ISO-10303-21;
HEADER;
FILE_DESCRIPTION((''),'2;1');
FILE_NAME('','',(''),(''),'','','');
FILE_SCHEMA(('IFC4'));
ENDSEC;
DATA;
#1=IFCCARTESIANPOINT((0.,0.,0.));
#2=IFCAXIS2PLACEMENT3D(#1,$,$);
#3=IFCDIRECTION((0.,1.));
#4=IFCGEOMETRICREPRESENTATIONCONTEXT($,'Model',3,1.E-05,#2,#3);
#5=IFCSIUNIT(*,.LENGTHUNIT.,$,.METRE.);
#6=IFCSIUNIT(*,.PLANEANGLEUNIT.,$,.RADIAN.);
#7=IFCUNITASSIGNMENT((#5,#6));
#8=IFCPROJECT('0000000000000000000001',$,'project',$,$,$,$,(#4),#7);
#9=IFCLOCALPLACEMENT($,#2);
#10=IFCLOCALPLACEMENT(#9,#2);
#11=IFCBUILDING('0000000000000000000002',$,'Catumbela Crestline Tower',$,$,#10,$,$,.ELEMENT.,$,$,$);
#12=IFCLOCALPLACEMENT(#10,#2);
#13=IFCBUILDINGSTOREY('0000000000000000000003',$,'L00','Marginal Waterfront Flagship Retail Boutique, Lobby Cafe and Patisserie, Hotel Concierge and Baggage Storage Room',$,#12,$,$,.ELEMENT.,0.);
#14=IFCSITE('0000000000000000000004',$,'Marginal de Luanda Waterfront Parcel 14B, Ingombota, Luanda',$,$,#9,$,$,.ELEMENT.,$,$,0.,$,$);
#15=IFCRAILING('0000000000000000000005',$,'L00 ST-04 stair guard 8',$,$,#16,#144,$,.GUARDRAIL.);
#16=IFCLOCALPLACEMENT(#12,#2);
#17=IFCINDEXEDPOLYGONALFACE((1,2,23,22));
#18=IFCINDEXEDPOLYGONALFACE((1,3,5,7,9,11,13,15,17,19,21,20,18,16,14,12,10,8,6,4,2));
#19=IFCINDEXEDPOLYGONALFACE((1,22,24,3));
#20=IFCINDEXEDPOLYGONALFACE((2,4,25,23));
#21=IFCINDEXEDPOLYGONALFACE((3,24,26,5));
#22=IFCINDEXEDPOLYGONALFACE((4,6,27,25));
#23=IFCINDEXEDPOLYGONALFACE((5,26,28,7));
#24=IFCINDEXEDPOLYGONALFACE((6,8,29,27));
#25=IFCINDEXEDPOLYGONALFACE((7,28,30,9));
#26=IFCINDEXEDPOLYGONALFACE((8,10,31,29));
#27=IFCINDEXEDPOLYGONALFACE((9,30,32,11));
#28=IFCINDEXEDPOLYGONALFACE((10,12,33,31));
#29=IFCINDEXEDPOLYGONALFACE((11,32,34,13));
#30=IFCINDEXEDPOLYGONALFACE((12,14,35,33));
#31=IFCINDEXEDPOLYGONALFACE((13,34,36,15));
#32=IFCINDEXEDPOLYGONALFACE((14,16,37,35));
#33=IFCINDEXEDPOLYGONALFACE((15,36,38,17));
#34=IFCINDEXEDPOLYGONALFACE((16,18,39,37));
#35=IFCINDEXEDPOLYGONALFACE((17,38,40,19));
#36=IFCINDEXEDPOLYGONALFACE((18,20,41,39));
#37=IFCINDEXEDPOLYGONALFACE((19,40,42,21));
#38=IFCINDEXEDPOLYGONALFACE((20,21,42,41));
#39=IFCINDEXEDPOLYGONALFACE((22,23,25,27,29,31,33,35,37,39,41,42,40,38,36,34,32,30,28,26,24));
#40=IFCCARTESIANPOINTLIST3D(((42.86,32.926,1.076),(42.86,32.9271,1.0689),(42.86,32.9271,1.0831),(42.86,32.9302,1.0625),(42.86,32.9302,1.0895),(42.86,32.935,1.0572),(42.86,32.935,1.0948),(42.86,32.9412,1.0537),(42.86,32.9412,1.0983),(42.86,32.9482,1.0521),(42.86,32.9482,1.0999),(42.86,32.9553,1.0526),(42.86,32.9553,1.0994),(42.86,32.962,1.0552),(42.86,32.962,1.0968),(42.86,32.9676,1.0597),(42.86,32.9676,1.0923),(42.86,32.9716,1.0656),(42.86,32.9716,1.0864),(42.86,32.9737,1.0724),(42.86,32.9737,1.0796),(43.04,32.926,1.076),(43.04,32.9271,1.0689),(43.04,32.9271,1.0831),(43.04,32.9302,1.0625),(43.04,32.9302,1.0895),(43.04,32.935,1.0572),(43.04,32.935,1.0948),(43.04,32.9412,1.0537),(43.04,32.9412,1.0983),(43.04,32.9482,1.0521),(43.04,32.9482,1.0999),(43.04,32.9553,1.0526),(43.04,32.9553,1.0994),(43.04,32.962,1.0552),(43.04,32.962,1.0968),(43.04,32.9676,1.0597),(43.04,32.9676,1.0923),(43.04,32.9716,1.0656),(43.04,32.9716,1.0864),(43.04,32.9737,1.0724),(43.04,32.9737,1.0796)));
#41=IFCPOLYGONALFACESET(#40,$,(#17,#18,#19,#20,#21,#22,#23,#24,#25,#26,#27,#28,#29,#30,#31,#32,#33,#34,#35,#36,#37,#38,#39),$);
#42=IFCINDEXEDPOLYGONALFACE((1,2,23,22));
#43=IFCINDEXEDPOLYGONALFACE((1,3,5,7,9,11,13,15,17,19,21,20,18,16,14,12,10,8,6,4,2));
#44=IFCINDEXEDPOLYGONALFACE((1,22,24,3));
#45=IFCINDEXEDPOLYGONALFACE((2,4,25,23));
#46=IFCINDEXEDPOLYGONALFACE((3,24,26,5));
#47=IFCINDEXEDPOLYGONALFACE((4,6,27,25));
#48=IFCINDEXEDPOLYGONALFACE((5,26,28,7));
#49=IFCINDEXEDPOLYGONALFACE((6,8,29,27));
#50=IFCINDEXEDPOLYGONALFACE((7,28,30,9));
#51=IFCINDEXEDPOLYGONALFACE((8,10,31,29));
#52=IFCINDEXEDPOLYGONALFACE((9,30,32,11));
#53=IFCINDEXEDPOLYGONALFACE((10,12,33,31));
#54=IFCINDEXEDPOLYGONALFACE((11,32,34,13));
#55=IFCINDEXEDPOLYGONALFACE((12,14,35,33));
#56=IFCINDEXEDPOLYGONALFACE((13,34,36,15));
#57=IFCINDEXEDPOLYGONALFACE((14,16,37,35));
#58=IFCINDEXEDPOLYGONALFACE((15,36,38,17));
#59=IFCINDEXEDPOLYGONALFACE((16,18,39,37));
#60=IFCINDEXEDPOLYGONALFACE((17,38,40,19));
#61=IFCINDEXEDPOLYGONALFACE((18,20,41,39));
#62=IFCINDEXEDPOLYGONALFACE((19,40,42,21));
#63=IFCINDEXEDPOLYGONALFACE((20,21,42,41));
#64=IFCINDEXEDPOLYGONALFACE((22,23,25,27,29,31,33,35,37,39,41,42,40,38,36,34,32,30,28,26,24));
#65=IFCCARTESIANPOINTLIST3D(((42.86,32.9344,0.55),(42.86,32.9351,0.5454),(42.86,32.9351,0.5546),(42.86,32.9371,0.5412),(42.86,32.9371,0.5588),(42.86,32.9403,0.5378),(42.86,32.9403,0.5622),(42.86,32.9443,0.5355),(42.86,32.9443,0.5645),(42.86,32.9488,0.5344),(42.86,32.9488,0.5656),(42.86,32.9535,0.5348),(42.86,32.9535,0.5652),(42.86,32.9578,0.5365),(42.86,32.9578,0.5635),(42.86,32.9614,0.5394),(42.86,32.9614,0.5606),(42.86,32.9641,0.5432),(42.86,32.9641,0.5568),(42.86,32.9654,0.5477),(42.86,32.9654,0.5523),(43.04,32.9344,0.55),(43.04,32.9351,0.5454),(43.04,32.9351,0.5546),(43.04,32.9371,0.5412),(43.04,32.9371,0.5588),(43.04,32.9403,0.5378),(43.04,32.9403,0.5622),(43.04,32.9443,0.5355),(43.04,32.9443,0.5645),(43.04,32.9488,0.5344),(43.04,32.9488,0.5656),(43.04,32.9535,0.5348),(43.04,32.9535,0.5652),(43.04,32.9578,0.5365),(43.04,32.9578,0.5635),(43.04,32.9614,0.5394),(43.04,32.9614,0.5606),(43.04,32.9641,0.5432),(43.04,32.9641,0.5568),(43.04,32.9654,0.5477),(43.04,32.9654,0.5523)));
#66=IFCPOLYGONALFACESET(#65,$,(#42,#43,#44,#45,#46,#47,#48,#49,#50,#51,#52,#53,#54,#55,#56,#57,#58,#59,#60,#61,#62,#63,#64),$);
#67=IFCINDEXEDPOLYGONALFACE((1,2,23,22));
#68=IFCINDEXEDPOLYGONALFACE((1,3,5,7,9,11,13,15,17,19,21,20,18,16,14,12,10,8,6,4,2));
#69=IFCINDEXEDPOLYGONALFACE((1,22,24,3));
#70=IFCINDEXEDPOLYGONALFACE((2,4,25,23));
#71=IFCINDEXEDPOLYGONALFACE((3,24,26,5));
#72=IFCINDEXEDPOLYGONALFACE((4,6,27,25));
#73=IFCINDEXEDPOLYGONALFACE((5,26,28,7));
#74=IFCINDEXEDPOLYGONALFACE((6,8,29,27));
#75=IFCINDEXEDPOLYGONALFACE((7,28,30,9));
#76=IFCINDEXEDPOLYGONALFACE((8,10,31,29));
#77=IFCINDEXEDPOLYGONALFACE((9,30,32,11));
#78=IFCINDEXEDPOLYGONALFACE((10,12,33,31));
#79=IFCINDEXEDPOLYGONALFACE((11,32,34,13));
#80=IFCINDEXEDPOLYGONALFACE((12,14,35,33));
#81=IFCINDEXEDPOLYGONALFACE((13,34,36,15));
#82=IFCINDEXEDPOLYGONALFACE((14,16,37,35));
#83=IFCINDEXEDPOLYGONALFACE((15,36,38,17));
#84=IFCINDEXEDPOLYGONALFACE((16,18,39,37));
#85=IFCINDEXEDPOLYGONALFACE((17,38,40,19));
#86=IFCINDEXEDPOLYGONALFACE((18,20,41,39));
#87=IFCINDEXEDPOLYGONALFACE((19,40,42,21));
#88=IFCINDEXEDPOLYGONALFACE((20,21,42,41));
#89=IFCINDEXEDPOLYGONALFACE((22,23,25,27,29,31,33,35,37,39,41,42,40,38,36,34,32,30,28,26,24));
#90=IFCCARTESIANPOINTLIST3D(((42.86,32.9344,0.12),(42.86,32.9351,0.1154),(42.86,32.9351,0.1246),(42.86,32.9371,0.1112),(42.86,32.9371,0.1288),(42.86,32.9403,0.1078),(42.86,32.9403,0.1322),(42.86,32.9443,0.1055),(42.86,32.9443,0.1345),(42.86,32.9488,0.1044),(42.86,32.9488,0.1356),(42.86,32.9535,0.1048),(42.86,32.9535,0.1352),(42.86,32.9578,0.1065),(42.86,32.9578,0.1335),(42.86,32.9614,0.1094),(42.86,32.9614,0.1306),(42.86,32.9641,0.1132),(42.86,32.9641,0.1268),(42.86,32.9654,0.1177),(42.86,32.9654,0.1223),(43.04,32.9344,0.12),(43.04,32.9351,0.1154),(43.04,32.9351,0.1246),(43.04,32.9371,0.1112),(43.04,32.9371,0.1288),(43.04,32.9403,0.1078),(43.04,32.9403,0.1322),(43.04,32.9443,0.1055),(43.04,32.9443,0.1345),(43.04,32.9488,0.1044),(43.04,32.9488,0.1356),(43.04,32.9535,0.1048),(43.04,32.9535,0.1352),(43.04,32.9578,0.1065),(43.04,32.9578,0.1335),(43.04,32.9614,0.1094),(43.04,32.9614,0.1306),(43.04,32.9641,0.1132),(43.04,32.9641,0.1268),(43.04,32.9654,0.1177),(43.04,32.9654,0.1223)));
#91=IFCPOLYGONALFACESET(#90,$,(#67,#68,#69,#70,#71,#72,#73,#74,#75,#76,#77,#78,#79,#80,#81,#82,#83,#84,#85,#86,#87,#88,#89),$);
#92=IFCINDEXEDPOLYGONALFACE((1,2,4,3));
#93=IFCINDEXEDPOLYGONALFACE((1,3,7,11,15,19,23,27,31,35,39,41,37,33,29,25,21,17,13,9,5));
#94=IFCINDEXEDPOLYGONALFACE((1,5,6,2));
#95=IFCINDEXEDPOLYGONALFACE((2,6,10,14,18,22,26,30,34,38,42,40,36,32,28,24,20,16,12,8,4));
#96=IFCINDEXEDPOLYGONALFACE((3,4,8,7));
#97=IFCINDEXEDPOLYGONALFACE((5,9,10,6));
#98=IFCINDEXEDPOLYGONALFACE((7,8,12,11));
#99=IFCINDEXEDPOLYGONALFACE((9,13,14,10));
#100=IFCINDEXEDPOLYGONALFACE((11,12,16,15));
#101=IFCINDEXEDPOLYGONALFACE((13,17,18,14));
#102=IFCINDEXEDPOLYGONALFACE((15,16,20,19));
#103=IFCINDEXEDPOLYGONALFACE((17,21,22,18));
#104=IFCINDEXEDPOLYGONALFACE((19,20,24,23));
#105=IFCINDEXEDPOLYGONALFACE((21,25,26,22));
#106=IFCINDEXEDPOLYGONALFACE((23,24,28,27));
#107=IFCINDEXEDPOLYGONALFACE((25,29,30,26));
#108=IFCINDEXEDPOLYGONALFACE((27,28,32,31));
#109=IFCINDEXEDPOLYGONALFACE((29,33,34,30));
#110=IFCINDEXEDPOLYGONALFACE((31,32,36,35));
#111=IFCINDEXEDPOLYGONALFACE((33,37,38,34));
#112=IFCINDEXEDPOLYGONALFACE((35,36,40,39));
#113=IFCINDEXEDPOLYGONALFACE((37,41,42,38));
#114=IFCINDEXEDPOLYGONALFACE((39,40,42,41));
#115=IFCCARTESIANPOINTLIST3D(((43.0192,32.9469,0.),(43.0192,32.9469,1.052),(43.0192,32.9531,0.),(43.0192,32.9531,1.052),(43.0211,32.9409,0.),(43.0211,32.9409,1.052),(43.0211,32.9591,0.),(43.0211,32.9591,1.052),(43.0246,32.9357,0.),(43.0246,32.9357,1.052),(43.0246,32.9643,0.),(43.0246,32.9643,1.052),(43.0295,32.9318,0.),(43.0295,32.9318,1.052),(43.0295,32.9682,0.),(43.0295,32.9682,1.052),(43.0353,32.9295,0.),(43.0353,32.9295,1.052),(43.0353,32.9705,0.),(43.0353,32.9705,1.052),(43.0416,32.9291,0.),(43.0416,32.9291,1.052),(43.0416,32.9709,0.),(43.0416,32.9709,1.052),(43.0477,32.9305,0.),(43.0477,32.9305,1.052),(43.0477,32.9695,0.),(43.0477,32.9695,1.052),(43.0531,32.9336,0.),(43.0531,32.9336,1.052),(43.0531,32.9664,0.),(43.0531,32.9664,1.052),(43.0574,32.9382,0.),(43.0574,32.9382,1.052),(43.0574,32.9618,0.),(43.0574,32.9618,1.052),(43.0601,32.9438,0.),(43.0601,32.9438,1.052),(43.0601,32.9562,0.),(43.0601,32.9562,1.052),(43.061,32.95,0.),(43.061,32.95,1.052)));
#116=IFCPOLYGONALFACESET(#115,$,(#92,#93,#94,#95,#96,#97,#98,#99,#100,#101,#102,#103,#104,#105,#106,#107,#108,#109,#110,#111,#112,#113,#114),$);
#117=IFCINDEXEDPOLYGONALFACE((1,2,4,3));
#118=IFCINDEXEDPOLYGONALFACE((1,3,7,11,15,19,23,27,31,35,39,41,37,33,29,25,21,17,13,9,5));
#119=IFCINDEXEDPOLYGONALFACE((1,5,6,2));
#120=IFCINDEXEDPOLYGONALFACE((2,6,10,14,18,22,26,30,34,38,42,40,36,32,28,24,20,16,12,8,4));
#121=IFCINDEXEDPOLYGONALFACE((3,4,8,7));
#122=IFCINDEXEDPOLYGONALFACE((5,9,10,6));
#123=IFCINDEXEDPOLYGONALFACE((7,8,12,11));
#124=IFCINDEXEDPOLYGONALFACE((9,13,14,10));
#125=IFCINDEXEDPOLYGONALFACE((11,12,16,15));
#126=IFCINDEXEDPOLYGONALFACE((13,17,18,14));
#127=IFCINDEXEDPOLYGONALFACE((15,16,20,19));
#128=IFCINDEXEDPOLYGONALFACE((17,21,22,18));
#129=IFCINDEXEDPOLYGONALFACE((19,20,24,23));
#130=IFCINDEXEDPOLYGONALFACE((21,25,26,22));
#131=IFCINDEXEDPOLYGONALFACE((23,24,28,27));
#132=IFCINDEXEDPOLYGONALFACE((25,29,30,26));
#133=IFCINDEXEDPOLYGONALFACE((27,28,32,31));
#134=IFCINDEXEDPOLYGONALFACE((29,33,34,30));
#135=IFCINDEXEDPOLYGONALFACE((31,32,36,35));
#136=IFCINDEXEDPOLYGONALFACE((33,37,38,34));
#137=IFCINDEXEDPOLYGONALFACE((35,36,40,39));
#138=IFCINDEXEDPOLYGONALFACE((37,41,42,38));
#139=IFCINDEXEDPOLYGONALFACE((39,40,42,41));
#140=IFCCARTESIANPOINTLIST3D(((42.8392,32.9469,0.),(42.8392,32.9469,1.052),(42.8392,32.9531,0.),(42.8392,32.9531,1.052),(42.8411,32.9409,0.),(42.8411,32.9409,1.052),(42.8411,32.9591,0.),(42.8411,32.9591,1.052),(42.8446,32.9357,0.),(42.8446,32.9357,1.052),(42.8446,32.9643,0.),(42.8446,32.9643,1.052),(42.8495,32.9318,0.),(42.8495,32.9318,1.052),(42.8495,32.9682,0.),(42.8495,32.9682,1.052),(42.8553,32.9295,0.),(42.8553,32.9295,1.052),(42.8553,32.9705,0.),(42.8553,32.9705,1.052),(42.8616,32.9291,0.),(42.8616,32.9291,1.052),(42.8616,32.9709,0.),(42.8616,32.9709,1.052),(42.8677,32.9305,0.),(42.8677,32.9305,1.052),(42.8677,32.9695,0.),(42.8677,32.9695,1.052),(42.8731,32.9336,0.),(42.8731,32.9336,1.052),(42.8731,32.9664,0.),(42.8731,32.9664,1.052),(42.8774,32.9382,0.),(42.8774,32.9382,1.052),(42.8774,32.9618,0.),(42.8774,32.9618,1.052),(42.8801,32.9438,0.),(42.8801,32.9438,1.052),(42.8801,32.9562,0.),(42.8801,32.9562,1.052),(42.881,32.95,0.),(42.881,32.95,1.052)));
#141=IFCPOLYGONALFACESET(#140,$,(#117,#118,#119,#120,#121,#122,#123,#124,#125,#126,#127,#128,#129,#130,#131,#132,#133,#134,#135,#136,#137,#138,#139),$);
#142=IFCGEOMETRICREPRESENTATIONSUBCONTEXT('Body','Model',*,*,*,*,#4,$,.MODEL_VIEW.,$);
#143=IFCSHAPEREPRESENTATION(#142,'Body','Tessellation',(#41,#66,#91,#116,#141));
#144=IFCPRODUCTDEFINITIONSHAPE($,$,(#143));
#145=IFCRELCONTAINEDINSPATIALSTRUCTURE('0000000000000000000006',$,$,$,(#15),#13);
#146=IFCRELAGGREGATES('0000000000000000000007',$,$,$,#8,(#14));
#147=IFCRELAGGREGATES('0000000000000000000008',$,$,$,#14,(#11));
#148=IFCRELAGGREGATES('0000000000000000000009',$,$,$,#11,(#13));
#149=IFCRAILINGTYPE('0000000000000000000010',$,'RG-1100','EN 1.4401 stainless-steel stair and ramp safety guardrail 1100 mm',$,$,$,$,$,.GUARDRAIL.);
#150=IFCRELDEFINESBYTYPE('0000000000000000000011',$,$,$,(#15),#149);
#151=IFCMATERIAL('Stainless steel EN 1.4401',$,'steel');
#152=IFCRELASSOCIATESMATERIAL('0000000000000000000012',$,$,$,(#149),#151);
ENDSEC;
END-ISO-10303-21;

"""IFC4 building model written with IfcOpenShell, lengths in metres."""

from ifc_helpers import new_model, si_unit, direction, frame, origin, origin_2d, place, context, subcontext, project, spatial, circle, extrude, material, type_object, element, save


model = new_model("IFC4")

# Units and contexts
model_context = context("Model", 3, precision=1e-05, world=origin(), true_north=direction((0.0, 1.0)))
body_context = subcontext(model_context, "Body", "Model", "MODEL_VIEW")
ifc_project = project(units=[si_unit("LENGTHUNIT", "METRE"), si_unit("PLANEANGLEUNIT", "RADIAN")], contexts=[model_context])

# Site, building, storey
site_placement = place(None, origin())
site = spatial("IfcSite", under=ifc_project, at=site_placement, Name="Marginal de Luanda Waterfront Parcel 14B, Ingombota, Luanda", CompositionType="ELEMENT", RefElevation=0.0)
building_placement = place(site_placement, origin())
building = spatial("IfcBuilding", under=site, at=building_placement, Name="Catumbela Crestline Tower", CompositionType="ELEMENT")
storey_placement = place(building_placement, origin())
storey = spatial("IfcBuildingStorey", under=building, at=storey_placement, Name="L00", Description="Marginal Waterfront Flagship Retail Boutique, Lobby Cafe and Patisserie, Hotel Concierge and Baggage Storage Room", CompositionType="ELEMENT", Elevation=0.0)

# Shared definitions
ifc_material_1 = material(Name="Stainless steel EN 1.4401", Category="steel")

# Railing
railing_type_1 = type_object("IfcRailingType", Name="RG-1100", Description="EN 1.4401 stainless-steel stair and ramp safety guardrail 1100 mm", PredefinedType="GUARDRAIL", material=ifc_material_1)
railing_1_placement = place(storey_placement, frame((43.04, 32.95, 0.0)))
element("IfcRailing", 1, at=railing_1_placement, inside=storey, type_object=railing_type_1, Name="L00 ST-04 stair guard 8", PredefinedType="GUARDRAIL", context=body_context, shape_type="SweptSolid", body=[
    extrude(circle(Radius=0.024, at=origin_2d()), frame((0.0, 0.0, 1.076), z_axis=(-1.0, 0.0, 0.0), x_axis=(0.0, -1.0, 0.0)), (0.0, 0.0, 1.0), 0.18),
    extrude(circle(Radius=0.0156, at=origin_2d()), frame((0.0, 0.0, 0.55), z_axis=(-1.0, 0.0, 0.0), x_axis=(0.0, -1.0, 0.0)), (0.0, 0.0, 1.0), 0.18),
    extrude(circle(Radius=0.0156, at=origin_2d()), frame((0.0, 0.0, 0.12), z_axis=(-1.0, 0.0, 0.0), x_axis=(0.0, -1.0, 0.0)), (0.0, 0.0, 1.0), 0.18),
    extrude(circle(Radius=0.021, at=origin_2d()), origin(), (0.0, 0.0, 1.0), 1.052),
    extrude(circle(Radius=0.021, at=origin_2d()), frame((-0.18, 0.0, 0.0)), (0.0, 0.0, 1.0), 1.052),
])

save(model, "model.ifc")
